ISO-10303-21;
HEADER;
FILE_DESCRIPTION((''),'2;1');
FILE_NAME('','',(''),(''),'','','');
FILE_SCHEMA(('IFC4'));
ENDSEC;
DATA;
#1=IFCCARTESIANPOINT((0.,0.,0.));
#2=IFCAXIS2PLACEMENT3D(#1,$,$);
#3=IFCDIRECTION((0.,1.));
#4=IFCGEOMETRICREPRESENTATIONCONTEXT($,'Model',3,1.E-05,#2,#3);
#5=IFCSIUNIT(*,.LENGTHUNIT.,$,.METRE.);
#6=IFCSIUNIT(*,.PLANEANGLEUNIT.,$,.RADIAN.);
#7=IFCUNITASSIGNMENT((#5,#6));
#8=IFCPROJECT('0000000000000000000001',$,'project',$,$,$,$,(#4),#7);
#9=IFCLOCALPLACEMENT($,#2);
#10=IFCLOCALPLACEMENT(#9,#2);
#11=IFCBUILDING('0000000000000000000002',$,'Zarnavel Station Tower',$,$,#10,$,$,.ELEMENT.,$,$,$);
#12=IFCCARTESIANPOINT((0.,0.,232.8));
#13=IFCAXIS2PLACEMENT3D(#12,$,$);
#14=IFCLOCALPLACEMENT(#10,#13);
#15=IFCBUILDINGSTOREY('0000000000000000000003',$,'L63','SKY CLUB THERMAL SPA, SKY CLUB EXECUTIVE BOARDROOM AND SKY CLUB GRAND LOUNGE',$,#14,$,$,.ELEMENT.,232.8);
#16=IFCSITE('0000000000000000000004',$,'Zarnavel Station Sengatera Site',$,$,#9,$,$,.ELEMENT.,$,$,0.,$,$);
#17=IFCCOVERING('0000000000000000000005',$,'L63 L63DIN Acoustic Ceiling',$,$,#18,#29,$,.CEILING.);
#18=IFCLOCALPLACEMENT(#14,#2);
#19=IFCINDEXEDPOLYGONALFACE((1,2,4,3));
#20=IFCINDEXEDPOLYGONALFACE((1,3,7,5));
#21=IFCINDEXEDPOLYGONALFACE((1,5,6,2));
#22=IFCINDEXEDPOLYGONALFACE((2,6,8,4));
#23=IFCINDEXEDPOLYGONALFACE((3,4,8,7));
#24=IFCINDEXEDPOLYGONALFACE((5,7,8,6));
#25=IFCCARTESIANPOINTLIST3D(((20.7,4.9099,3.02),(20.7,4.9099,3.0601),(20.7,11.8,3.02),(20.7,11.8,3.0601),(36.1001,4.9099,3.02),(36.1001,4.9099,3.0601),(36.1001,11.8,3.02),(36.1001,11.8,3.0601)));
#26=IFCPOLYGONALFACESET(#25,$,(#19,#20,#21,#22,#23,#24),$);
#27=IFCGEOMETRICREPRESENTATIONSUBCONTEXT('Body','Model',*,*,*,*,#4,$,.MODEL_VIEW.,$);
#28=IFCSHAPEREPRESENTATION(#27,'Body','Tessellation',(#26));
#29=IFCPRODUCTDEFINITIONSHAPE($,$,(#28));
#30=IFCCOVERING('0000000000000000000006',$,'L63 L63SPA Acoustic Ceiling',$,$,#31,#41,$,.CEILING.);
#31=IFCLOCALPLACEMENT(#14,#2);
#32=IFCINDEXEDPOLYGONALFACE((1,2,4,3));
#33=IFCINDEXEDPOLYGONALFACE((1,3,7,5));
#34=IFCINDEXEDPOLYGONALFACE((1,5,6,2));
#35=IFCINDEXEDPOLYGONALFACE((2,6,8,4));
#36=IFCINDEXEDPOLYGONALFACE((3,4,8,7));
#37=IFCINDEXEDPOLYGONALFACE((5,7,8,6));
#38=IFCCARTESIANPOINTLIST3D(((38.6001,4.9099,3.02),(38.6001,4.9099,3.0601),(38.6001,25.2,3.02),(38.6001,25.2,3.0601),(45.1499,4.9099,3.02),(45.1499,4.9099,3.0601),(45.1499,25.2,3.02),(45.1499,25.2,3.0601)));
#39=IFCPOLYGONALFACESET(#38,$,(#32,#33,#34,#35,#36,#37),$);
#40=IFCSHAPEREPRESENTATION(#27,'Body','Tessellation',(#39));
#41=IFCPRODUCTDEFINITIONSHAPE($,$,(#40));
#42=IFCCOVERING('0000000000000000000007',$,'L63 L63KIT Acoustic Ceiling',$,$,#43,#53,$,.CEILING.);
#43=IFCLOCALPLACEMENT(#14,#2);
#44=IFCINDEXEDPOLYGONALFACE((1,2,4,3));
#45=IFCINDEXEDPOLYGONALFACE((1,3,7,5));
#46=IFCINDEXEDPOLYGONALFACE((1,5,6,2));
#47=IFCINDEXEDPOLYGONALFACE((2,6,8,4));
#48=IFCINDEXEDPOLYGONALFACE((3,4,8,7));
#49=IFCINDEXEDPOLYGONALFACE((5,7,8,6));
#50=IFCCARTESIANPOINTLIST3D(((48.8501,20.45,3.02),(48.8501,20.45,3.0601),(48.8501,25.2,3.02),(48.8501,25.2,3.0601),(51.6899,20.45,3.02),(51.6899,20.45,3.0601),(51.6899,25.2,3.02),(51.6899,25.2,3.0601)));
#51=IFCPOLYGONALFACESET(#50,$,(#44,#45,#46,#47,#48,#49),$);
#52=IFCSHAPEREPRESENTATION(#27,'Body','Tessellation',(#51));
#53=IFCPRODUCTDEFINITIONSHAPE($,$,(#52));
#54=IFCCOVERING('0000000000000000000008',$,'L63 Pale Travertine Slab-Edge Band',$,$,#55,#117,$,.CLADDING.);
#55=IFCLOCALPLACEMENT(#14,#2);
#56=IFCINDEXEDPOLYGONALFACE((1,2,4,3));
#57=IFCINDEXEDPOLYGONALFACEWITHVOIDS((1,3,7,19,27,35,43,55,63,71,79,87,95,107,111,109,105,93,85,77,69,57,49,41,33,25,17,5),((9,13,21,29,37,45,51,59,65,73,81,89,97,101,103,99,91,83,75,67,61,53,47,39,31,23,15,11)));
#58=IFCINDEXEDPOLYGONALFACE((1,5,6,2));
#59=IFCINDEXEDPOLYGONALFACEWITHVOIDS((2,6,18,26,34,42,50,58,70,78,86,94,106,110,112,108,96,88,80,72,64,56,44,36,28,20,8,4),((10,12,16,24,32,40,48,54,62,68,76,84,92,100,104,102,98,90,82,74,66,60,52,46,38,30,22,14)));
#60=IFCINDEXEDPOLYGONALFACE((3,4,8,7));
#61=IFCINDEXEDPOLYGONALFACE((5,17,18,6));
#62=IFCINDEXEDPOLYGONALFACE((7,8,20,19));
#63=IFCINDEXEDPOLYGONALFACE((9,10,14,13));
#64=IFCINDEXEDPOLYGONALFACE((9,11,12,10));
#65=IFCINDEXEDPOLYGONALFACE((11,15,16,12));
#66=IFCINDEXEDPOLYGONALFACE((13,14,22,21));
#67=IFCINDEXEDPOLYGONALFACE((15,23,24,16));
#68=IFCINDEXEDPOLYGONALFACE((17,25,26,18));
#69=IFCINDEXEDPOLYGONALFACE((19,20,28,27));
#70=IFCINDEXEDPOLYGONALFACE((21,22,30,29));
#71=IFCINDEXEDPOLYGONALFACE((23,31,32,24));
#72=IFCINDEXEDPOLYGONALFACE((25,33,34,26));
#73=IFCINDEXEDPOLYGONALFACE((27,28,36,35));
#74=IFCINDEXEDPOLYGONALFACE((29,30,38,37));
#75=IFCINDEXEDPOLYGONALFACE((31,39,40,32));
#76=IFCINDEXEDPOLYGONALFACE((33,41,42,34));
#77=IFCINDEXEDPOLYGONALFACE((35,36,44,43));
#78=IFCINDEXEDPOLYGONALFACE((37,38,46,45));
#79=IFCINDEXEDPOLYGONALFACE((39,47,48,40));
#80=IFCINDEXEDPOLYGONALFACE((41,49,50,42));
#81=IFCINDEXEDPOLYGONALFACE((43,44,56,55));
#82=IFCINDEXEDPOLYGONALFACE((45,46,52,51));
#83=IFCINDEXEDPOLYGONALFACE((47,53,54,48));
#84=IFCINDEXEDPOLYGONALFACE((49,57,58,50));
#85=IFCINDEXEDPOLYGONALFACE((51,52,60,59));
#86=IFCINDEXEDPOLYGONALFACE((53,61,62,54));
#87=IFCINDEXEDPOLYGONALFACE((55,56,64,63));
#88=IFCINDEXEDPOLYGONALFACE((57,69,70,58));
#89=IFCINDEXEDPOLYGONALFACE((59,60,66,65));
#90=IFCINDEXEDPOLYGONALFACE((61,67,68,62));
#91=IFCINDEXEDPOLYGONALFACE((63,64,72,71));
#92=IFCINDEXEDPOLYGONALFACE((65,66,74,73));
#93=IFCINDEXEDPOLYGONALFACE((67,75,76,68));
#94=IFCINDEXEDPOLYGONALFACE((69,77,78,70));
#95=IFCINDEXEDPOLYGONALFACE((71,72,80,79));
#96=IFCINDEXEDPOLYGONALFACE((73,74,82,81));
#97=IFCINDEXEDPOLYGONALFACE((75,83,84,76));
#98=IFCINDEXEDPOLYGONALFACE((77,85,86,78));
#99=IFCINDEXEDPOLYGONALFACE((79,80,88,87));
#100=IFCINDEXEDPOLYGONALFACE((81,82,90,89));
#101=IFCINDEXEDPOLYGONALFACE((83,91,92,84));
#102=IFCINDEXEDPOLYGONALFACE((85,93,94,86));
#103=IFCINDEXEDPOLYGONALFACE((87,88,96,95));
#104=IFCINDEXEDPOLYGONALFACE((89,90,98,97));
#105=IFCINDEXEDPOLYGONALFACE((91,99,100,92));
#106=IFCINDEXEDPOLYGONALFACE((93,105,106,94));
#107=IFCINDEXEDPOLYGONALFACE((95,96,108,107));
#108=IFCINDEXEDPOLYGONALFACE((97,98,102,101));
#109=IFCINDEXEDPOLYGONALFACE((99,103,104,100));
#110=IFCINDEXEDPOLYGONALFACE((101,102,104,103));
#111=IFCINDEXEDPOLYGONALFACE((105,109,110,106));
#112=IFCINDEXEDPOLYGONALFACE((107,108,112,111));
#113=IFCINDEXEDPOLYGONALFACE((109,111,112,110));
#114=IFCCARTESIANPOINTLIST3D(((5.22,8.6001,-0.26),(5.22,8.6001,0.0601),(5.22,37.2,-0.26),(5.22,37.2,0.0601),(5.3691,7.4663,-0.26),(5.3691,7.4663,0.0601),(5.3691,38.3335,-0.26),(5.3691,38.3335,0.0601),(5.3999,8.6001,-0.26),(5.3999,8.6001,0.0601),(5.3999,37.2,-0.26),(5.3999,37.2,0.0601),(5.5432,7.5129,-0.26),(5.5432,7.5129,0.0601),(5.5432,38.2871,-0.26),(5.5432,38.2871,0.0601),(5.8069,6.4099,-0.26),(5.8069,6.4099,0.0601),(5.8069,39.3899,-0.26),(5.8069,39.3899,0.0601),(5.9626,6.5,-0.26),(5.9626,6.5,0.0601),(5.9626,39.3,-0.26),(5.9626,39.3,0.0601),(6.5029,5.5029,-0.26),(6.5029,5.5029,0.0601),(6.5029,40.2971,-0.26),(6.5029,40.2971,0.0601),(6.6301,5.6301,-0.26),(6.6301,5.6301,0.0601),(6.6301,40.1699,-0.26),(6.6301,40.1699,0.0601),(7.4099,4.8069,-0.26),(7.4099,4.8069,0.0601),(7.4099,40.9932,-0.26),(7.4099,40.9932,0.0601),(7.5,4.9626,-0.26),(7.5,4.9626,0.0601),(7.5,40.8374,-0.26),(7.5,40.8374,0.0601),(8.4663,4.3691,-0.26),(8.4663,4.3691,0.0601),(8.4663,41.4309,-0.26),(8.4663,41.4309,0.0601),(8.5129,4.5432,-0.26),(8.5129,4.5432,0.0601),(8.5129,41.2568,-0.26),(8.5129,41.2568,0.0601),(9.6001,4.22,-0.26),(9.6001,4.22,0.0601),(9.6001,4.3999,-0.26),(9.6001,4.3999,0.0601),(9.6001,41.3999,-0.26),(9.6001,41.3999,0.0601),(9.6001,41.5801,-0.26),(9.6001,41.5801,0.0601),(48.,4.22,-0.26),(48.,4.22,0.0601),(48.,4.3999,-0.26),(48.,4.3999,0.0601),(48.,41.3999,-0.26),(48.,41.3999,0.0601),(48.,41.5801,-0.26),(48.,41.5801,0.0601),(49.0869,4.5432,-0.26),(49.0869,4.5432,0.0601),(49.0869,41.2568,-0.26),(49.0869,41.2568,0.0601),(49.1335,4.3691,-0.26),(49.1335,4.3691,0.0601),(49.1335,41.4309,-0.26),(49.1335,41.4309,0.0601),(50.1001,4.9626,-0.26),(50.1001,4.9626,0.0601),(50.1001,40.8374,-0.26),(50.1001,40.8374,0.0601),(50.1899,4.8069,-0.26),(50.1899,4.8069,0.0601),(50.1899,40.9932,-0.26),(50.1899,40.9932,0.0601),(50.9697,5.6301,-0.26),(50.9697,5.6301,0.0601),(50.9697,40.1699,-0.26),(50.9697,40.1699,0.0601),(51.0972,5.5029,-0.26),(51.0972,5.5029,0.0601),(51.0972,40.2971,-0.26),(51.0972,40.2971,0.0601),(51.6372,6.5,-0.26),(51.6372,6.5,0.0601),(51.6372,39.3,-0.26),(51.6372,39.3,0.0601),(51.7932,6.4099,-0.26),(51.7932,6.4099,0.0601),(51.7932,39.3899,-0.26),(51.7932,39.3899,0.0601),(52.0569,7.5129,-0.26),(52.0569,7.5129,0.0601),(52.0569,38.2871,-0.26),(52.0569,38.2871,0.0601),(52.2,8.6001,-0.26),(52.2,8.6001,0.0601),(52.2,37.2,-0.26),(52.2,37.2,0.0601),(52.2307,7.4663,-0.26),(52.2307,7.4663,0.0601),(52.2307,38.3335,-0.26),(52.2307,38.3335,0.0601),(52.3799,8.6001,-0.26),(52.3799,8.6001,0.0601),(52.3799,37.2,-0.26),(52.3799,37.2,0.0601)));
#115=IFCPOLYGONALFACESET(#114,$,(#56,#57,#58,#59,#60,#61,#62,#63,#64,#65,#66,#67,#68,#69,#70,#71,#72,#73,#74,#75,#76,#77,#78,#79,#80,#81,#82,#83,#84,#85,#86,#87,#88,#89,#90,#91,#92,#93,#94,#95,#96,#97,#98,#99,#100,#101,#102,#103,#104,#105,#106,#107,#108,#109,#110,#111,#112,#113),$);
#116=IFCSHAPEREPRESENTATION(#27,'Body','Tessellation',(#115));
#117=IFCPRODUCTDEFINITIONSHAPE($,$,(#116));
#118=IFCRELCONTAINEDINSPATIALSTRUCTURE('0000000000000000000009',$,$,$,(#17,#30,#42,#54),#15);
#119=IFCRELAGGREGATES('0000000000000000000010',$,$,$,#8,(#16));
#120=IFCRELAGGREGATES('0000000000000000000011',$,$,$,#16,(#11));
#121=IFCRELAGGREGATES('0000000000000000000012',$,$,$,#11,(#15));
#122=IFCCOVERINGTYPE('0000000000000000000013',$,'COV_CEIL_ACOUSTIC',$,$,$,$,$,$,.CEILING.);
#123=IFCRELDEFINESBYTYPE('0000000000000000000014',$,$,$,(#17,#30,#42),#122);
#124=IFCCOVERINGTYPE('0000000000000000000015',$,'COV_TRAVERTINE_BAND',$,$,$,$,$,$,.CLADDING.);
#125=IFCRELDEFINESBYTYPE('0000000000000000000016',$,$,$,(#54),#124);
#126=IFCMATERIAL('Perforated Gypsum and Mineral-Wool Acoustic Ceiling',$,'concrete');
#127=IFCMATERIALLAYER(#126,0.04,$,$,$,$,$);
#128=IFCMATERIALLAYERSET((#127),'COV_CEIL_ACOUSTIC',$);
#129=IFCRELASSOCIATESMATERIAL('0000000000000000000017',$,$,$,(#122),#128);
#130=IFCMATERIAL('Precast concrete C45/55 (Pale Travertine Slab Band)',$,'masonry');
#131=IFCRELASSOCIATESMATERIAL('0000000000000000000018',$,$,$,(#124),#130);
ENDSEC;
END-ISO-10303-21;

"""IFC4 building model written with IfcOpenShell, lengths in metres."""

from ifc_helpers import new_model, si_unit, direction, frame, origin, place, context, subcontext, project, spatial, polyline, outline, extrude, material, layer, layer_set, type_object, element, save


model = new_model("IFC4")

# Units and contexts
model_context = context("Model", 3, precision=1e-05, world=origin(), true_north=direction((0.0, 1.0)))
body_context = subcontext(model_context, "Body", "Model", "MODEL_VIEW")
ifc_project = project(units=[si_unit("LENGTHUNIT", "METRE"), si_unit("PLANEANGLEUNIT", "RADIAN")], contexts=[model_context])

# Site, building, storey
site_placement = place(None, origin())
site = spatial("IfcSite", under=ifc_project, at=site_placement, Name="Zarnavel Station Sengatera Site", CompositionType="ELEMENT", RefElevation=0.0)
building_placement = place(site_placement, origin())
building = spatial("IfcBuilding", under=site, at=building_placement, Name="Zarnavel Station Tower", CompositionType="ELEMENT")
storey_placement = place(building_placement, frame((0.0, 0.0, 232.8)))
storey = spatial("IfcBuildingStorey", under=building, at=storey_placement, Name="L63", Description="SKY CLUB THERMAL SPA, SKY CLUB EXECUTIVE BOARDROOM AND SKY CLUB GRAND LOUNGE", CompositionType="ELEMENT", Elevation=232.8)

# Coverings
ifc_material_1 = material(Name="Perforated Gypsum and Mineral-Wool Acoustic Ceiling", Category="concrete")
ifc_layer_1 = layer(ifc_material_1, 0.04)
ifc_layer_set_1 = layer_set([ifc_layer_1], Name="COV_CEIL_ACOUSTIC")
covering_type_1 = type_object("IfcCoveringType", Name="COV_CEIL_ACOUSTIC", PredefinedType="CEILING", material=ifc_layer_set_1)
covering_1_placement = place(storey_placement, frame((0.0, 0.0, 3.02)))
element("IfcCovering", 1, at=covering_1_placement, inside=storey, type_object=covering_type_1, Name="L63 L63DIN Acoustic Ceiling", PredefinedType="CEILING", context=body_context, shape_type="SweptSolid", body=[
    extrude(outline(polyline([(20.7, 4.9099), (36.1001, 4.9099), (36.1001, 11.8), (20.7, 11.8), (20.7, 4.9099)])), origin(), (0.0, 0.0, 1.0), 0.04),
])
covering_2_placement = place(storey_placement, frame((0.0, 0.0, 3.02)))
element("IfcCovering", 2, at=covering_2_placement, inside=storey, type_object=covering_type_1, Name="L63 L63SPA Acoustic Ceiling", PredefinedType="CEILING", context=body_context, shape_type="SweptSolid", body=[
    extrude(outline(polyline([(38.6001, 4.9099), (45.1499, 4.9099), (45.1499, 25.2), (38.6001, 25.2), (38.6001, 4.9099)])), origin(), (0.0, 0.0, 1.0), 0.04),
])
covering_3_placement = place(storey_placement, frame((0.0, 0.0, 3.02)))
element("IfcCovering", 3, at=covering_3_placement, inside=storey, type_object=covering_type_1, Name="L63 L63KIT Acoustic Ceiling", PredefinedType="CEILING", context=body_context, shape_type="SweptSolid", body=[
    extrude(outline(polyline([(48.8501, 20.45), (51.6899, 20.45), (51.6899, 25.2), (48.8501, 25.2), (48.8501, 20.45)])), origin(), (0.0, 0.0, 1.0), 0.04),
])
ifc_material_2 = material(Name="Precast concrete C45/55 (Pale Travertine Slab Band)", Category="masonry")
covering_type_2 = type_object("IfcCoveringType", Name="COV_TRAVERTINE_BAND", PredefinedType="CLADDING", material=ifc_material_2)
covering_4_placement = place(storey_placement, frame((0.0, 0.0, -0.26)))
element("IfcCovering", 4, at=covering_4_placement, inside=storey, type_object=covering_type_2, Name="L63 Pale Travertine Slab-Edge Band", PredefinedType="CLADDING", context=body_context, shape_type="SweptSolid", body=[
    extrude(outline(polyline([(48.0, 4.22), (49.1335, 4.3691), (50.1899, 4.8069), (51.0972, 5.5029), (51.7932, 6.4099), (52.2307, 7.4663), (52.3799, 8.6001), (52.3799, 37.2), (52.2307, 38.3335), (51.7932, 39.3899), (51.0972, 40.2971), (50.1899, 40.9932), (49.1335, 41.4309), (48.0, 41.5801), (9.6001, 41.5801), (8.4663, 41.4309), (7.4099, 40.9932), (6.5029, 40.2971), (5.8069, 39.3899), (5.3691, 38.3335), (5.22, 37.2), (5.22, 8.6001), (5.3691, 7.4663), (5.8069, 6.4099), (6.5029, 5.5029), (7.4099, 4.8069), (8.4663, 4.3691), (9.6001, 4.22), (48.0, 4.22)]), holes=[polyline([(48.0, 4.3999), (49.0869, 4.5432), (50.1001, 4.9626), (50.9697, 5.6301), (51.6372, 6.5), (52.0569, 7.5129), (52.2, 8.6001), (52.2, 37.2), (52.0569, 38.2871), (51.6372, 39.3), (50.9697, 40.1699), (50.1001, 40.8374), (49.0869, 41.2568), (48.0, 41.3999), (9.6001, 41.3999), (8.5129, 41.2568), (7.5, 40.8374), (6.6301, 40.1699), (5.9626, 39.3), (5.5432, 38.2871), (5.3999, 37.2), (5.3999, 8.6001), (5.5432, 7.5129), (5.9626, 6.5), (6.6301, 5.6301), (7.5, 4.9626), (8.5129, 4.5432), (9.6001, 4.3999), (48.0, 4.3999)])]), origin(), (0.0, 0.0, 1.0), 0.3201),
])

save(model, "model.ifc")
